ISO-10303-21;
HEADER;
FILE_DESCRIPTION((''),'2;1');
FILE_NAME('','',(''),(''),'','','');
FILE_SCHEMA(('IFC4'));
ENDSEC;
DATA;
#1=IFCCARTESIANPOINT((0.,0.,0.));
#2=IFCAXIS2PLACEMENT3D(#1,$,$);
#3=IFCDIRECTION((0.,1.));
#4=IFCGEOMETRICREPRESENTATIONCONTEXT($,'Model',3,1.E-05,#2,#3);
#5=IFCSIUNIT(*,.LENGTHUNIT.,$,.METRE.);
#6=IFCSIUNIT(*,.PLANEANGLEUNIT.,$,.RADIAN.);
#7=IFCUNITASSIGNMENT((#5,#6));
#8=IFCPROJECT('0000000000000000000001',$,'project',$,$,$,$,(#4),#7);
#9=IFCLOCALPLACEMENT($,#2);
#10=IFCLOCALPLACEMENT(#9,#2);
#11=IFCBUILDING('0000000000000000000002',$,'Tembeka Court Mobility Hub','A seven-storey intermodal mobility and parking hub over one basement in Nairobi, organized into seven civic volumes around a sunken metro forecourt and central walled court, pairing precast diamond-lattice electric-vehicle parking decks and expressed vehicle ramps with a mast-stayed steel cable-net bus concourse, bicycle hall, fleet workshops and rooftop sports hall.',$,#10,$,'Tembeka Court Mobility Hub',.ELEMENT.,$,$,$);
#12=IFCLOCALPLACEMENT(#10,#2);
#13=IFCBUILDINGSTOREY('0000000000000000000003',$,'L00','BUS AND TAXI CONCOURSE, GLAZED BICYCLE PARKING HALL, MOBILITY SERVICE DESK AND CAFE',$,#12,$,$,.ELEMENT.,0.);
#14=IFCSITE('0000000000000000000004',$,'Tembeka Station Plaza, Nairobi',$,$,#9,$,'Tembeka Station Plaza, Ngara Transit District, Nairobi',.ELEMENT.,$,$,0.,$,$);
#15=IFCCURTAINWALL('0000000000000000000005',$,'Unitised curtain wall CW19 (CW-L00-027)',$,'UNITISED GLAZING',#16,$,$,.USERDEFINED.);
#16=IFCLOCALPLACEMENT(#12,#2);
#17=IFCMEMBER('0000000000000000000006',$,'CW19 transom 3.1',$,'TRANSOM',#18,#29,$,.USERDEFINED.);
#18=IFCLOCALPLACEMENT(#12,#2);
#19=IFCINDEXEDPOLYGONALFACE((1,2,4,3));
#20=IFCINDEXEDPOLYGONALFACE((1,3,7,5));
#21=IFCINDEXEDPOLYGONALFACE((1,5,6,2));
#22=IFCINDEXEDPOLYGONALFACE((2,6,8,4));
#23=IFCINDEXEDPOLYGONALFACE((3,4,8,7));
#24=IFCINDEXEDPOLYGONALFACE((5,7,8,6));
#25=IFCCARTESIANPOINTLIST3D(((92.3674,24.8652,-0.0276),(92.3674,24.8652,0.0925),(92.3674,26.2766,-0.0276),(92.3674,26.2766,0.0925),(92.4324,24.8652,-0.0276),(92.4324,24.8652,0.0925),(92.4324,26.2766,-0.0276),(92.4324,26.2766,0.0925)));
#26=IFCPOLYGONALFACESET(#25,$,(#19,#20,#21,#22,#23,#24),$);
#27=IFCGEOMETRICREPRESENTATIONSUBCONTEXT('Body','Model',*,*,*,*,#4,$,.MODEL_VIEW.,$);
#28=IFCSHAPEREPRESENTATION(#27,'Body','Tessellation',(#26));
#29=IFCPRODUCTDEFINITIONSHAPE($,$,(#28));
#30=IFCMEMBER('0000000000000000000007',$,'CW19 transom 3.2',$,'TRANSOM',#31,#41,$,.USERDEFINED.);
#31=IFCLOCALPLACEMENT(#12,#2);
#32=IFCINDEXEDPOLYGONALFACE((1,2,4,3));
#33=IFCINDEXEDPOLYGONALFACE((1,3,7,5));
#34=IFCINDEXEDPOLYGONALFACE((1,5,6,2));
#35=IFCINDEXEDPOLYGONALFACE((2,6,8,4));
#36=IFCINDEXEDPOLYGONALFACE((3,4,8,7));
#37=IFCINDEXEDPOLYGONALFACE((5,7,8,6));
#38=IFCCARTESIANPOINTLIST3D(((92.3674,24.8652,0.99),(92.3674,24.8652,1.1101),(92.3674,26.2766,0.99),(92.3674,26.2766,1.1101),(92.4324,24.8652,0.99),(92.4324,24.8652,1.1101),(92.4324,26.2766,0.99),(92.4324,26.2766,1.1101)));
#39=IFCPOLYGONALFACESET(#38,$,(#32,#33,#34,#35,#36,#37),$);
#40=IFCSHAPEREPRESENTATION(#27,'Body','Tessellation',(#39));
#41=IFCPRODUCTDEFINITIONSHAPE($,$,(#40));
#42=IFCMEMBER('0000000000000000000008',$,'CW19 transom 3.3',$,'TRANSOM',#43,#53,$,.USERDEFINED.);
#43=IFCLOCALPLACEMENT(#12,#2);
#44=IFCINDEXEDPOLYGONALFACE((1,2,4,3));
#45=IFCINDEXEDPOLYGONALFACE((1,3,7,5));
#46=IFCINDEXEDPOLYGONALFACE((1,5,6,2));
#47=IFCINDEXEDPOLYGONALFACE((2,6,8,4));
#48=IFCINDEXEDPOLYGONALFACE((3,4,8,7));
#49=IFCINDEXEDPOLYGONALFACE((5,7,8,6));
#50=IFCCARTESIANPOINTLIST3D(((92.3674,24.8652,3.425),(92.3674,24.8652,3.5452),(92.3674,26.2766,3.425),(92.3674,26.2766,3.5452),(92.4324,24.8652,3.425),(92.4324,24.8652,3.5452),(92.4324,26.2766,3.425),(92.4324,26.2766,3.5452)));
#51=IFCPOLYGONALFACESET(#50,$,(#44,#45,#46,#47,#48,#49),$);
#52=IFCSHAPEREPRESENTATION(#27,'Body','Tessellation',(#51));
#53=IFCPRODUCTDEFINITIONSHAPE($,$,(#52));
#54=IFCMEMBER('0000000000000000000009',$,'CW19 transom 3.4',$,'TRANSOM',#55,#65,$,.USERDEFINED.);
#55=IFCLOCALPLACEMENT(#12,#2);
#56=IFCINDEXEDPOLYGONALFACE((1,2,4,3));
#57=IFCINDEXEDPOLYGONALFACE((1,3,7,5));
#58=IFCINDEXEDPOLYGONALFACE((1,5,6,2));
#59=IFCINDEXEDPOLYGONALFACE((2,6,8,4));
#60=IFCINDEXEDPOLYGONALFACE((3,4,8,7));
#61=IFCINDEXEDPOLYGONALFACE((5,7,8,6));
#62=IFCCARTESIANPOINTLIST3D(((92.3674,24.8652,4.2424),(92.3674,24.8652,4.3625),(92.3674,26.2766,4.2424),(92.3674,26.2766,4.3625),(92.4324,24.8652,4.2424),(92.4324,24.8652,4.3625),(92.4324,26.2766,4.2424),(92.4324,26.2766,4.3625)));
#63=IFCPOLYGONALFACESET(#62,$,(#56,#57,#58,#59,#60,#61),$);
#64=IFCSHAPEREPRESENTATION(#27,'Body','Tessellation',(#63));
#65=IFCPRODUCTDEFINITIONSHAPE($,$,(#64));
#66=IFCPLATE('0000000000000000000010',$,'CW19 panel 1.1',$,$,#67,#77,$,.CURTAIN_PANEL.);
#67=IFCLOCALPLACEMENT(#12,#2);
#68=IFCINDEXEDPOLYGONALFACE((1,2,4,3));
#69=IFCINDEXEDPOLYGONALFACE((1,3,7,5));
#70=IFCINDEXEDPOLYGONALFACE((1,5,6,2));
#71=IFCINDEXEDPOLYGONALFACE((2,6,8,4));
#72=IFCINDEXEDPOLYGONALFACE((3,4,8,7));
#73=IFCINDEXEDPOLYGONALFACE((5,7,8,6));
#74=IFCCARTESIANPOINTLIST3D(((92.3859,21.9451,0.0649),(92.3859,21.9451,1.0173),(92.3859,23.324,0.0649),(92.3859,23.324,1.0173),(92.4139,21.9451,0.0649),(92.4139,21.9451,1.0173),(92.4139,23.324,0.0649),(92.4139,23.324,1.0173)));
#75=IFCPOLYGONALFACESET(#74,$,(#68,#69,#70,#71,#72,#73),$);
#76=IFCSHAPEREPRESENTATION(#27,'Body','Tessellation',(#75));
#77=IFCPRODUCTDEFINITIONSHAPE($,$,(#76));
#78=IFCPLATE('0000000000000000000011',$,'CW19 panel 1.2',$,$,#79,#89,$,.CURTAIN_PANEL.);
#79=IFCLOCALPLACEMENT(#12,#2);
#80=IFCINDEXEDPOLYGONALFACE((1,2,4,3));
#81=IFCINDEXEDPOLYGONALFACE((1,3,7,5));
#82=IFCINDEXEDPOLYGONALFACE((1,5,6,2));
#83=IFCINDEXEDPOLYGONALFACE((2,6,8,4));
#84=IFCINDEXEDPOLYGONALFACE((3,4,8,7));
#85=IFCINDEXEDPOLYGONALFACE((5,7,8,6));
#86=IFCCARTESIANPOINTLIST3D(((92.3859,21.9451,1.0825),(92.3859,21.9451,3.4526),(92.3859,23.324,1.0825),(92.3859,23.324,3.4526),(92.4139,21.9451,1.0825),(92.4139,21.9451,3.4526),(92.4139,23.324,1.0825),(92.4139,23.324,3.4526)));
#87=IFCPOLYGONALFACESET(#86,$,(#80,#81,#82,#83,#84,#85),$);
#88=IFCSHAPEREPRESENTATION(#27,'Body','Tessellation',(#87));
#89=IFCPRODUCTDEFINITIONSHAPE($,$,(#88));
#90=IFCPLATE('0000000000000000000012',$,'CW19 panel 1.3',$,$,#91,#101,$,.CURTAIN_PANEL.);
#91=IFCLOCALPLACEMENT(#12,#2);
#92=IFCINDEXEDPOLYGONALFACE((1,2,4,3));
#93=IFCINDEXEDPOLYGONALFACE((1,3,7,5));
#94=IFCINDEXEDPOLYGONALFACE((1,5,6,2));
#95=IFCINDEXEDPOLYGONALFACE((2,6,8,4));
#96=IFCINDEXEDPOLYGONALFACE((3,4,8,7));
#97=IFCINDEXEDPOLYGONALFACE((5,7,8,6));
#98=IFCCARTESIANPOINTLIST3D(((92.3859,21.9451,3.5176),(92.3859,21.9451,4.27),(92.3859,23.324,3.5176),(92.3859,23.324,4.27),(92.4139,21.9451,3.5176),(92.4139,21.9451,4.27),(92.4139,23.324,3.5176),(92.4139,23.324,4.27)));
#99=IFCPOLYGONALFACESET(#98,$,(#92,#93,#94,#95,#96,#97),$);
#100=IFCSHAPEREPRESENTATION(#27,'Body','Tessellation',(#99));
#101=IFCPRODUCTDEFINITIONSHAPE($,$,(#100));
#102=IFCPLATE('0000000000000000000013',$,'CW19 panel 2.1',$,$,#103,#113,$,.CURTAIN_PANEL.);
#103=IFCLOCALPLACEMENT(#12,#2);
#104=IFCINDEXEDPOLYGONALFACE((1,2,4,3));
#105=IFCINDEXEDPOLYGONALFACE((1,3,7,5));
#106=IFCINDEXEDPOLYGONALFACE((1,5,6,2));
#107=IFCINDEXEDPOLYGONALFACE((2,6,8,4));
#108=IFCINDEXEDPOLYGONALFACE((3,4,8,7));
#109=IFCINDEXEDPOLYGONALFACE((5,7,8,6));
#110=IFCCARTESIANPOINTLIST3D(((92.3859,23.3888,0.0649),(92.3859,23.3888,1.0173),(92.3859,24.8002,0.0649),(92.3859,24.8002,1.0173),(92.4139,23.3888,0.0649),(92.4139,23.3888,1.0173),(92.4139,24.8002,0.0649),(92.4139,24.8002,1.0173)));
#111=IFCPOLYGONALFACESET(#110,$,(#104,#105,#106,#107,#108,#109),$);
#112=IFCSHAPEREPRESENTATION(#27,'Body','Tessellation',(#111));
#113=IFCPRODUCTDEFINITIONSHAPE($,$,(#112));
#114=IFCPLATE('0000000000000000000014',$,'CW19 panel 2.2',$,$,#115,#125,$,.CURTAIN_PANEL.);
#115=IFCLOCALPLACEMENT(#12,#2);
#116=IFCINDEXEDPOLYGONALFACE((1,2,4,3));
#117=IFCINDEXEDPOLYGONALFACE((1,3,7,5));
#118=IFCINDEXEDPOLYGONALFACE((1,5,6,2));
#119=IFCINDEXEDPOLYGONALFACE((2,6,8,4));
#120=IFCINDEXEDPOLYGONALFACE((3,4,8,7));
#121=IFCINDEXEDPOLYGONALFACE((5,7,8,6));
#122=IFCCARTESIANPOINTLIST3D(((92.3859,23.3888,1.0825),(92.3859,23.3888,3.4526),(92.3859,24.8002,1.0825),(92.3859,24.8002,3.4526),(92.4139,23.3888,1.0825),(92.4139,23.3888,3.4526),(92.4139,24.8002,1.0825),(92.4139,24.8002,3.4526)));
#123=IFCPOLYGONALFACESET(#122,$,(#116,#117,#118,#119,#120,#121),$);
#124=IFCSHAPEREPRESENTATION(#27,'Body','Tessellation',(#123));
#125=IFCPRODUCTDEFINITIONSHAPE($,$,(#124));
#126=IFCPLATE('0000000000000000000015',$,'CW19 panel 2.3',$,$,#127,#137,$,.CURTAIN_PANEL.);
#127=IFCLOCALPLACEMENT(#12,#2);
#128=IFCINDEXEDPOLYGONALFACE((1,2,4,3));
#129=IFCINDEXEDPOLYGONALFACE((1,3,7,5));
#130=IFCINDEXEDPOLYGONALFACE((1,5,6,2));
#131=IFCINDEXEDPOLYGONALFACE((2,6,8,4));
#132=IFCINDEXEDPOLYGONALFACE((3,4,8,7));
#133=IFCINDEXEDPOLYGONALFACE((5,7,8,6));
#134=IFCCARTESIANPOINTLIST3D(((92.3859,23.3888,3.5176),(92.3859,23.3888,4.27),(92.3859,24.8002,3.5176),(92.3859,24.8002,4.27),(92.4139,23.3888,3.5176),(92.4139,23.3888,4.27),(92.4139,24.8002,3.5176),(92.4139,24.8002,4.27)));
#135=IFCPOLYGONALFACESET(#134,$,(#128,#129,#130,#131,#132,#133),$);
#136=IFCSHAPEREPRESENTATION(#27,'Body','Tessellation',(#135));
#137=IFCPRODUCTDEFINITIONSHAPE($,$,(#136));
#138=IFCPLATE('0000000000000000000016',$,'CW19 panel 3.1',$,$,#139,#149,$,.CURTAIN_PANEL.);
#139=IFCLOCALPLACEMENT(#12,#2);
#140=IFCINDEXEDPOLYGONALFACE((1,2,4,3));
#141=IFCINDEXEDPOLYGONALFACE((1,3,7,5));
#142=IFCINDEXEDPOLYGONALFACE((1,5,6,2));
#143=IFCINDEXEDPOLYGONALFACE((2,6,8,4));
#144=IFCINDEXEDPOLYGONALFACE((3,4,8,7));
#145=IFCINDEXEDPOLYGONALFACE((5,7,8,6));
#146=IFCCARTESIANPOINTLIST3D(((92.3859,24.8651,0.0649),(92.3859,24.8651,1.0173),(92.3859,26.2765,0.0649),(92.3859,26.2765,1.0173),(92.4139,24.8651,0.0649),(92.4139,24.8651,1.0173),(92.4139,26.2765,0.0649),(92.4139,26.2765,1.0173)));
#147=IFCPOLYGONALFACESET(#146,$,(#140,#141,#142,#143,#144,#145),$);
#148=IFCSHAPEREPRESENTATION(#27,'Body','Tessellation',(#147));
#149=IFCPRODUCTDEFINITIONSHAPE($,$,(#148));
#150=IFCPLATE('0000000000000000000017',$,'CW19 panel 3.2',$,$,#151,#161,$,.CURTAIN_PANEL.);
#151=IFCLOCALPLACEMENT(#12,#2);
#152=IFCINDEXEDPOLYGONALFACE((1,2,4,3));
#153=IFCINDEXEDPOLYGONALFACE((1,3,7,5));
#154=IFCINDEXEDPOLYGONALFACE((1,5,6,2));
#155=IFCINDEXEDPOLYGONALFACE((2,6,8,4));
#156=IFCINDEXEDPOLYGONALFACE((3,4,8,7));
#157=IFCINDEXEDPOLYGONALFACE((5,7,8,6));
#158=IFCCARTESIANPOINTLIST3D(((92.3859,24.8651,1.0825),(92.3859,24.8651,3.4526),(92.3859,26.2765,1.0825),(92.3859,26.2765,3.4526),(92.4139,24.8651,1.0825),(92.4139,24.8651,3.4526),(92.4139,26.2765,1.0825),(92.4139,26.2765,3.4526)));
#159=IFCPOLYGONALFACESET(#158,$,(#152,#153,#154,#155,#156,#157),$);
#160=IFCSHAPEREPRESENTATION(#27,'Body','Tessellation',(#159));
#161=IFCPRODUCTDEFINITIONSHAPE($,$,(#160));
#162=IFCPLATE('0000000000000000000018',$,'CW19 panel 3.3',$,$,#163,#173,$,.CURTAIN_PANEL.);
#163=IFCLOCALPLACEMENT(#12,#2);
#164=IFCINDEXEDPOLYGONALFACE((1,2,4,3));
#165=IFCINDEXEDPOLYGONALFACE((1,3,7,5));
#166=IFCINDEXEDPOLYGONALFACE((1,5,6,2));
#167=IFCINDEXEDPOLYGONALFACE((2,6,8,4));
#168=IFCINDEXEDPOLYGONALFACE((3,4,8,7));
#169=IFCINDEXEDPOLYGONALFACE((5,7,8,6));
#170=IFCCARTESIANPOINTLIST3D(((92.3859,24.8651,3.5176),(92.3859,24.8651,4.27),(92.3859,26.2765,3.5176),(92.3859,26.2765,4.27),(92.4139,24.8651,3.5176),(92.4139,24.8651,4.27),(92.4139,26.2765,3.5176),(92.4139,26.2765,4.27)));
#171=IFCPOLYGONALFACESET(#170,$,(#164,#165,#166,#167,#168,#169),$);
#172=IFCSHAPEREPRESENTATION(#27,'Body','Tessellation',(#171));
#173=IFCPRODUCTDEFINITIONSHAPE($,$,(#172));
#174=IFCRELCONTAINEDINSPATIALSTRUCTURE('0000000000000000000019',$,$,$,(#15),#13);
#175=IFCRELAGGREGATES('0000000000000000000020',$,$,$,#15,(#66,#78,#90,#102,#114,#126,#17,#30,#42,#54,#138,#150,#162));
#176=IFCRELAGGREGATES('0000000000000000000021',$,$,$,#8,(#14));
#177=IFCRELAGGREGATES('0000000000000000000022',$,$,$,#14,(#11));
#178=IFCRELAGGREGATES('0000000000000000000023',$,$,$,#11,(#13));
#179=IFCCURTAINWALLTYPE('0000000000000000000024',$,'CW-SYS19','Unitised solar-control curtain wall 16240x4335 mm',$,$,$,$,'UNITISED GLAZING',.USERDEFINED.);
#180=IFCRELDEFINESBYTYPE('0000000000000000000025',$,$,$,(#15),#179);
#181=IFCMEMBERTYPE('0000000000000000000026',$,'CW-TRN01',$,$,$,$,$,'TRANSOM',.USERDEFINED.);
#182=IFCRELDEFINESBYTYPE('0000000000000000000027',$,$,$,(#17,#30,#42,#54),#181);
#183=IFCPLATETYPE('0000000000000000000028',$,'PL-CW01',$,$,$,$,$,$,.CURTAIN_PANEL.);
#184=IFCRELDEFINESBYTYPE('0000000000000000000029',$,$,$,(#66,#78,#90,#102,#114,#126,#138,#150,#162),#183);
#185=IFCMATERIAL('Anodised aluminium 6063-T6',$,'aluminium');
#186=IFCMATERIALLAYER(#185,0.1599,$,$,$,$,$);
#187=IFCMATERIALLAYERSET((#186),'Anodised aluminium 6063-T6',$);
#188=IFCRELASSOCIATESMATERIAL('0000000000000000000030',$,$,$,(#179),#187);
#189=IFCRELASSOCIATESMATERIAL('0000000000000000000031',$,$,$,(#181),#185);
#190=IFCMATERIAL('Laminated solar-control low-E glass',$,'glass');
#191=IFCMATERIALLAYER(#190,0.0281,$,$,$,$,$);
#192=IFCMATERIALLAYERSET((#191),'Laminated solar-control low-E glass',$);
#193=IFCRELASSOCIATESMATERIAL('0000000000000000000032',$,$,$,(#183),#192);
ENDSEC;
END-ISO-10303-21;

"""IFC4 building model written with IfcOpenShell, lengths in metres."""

from ifc_helpers import new_model, si_unit, direction, frame, origin, origin_2d, place, context, subcontext, project, spatial, rectangle, extrude, material, layer, layer_set, material_profile, profile_set, type_object, element, aggregate, save


model = new_model("IFC4")

# Units and contexts
model_context = context("Model", 3, precision=1e-05, world=origin(), true_north=direction((0.0, 1.0)))
body_context = subcontext(model_context, "Body", "Model", "MODEL_VIEW")
ifc_project = project(units=[si_unit("LENGTHUNIT", "METRE"), si_unit("PLANEANGLEUNIT", "RADIAN")], contexts=[model_context])

# Site, building, storey
site_placement = place(None, origin())
site = spatial("IfcSite", under=ifc_project, at=site_placement, Name="Tembeka Station Plaza, Nairobi", LongName="Tembeka Station Plaza, Ngara Transit District, Nairobi", CompositionType="ELEMENT", RefElevation=0.0)
building_placement = place(site_placement, origin())
building = spatial("IfcBuilding", under=site, at=building_placement, Name="Tembeka Court Mobility Hub", Description="A seven-storey intermodal mobility and parking hub over one basement in Nairobi, organized into seven civic volumes around a sunken metro forecourt and central walled court, pairing precast diamond-lattice electric-vehicle parking decks and expressed vehicle ramps with a mast-stayed steel cable-net bus concourse, bicycle hall, fleet workshops and rooftop sports hall.", LongName="Tembeka Court Mobility Hub", CompositionType="ELEMENT")
storey_placement = place(building_placement, origin())
storey = spatial("IfcBuildingStorey", under=building, at=storey_placement, Name="L00", Description="BUS AND TAXI CONCOURSE, GLAZED BICYCLE PARKING HALL, MOBILITY SERVICE DESK AND CAFE", CompositionType="ELEMENT", Elevation=0.0)

# Curtain wall, members, plates
ifc_material_1 = material(Name="Anodised aluminium 6063-T6", Category="aluminium")
ifc_layer_1 = layer(ifc_material_1, 0.1599)
ifc_layer_set_1 = layer_set([ifc_layer_1], Name="Anodised aluminium 6063-T6")
curtain_wall_type = type_object("IfcCurtainWallType", Name="CW-SYS19", Description="Unitised solar-control curtain wall 16240x4335 mm", ElementType="UNITISED GLAZING", PredefinedType="USERDEFINED", material=ifc_layer_set_1)
curtain_wall_placement = place(storey_placement, origin())
curtain_wall = element("IfcCurtainWall", 1, at=curtain_wall_placement, inside=storey, type_object=curtain_wall_type, Name="Unitised curtain wall CW19 (CW-L00-027)", ObjectType="UNITISED GLAZING", PredefinedType="USERDEFINED")
ifc_material_profile_1 = material_profile(ifc_material_1, rectangle(XDim=0.0649, YDim=0.1201, at=origin_2d()), Name="ALU-TRN 65x120")
ifc_profile_set_1 = profile_set([ifc_material_profile_1], Name="Anodised aluminium 6063-T6")
member_type_1 = type_object("IfcMemberType", Name="CW-TRN01", ElementType="TRANSOM", PredefinedType="USERDEFINED", material=ifc_profile_set_1)
member_1_placement = place(storey_placement, frame((92.3999, 24.8652, 0.0325), z_axis=(0.0, 1.0, 0.0), x_axis=(-1.0, 0.0, 0.0)))
member_1 = element("IfcMember", 2, at=member_1_placement, type_object=member_type_1, Name="CW19 transom 3.1", ObjectType="TRANSOM", PredefinedType="USERDEFINED", context=body_context, shape_type="SweptSolid", body=[
    extrude(rectangle(XDim=0.0649, YDim=0.1201, at=origin_2d()), origin(), (0.0, 0.0, 1.0), 1.4114),
])
member_2_placement = place(storey_placement, frame((92.3999, 24.8652, 1.05), z_axis=(0.0, 1.0, 0.0), x_axis=(-1.0, 0.0, 0.0)))
member_2 = element("IfcMember", 3, at=member_2_placement, type_object=member_type_1, Name="CW19 transom 3.2", ObjectType="TRANSOM", PredefinedType="USERDEFINED", context=body_context, shape_type="SweptSolid", body=[
    extrude(rectangle(XDim=0.0649, YDim=0.1201, at=origin_2d()), origin(), (0.0, 0.0, 1.0), 1.4114),
])
member_3_placement = place(storey_placement, frame((92.3999, 24.8652, 3.4851), z_axis=(0.0, 1.0, 0.0), x_axis=(-1.0, 0.0, 0.0)))
member_3 = element("IfcMember", 4, at=member_3_placement, type_object=member_type_1, Name="CW19 transom 3.3", ObjectType="TRANSOM", PredefinedType="USERDEFINED", context=body_context, shape_type="SweptSolid", body=[
    extrude(rectangle(XDim=0.0649, YDim=0.1201, at=origin_2d()), origin(), (0.0, 0.0, 1.0), 1.4114),
])
member_4_placement = place(storey_placement, frame((92.3999, 24.8652, 4.3025), z_axis=(0.0, 1.0, 0.0), x_axis=(-1.0, 0.0, 0.0)))
member_4 = element("IfcMember", 5, at=member_4_placement, type_object=member_type_1, Name="CW19 transom 3.4", ObjectType="TRANSOM", PredefinedType="USERDEFINED", context=body_context, shape_type="SweptSolid", body=[
    extrude(rectangle(XDim=0.0649, YDim=0.1201, at=origin_2d()), origin(), (0.0, 0.0, 1.0), 1.4114),
])
ifc_material_2 = material(Name="Laminated solar-control low-E glass", Category="glass")
ifc_layer_2 = layer(ifc_material_2, 0.0281)
ifc_layer_set_2 = layer_set([ifc_layer_2], Name="Laminated solar-control low-E glass")
plate_type = type_object("IfcPlateType", Name="PL-CW01", PredefinedType="CURTAIN_PANEL", material=ifc_layer_set_2)
plate_1_placement = place(storey_placement, frame((92.3999, 22.6345, 0.0649), z_axis=(0.0, 0.0, 1.0), x_axis=(0.0, 1.0, 0.0)))
plate_1 = element("IfcPlate", 6, at=plate_1_placement, type_object=plate_type, Name="CW19 panel 1.1", PredefinedType="CURTAIN_PANEL", context=body_context, shape_type="SweptSolid", body=[
    extrude(rectangle(XDim=1.3789, YDim=0.0281, at=origin_2d()), origin(), (0.0, 0.0, 1.0), 0.9524),
])
plate_2_placement = place(storey_placement, frame((92.3999, 22.6345, 1.0825), z_axis=(0.0, 0.0, 1.0), x_axis=(0.0, 1.0, 0.0)))
plate_2 = element("IfcPlate", 7, at=plate_2_placement, type_object=plate_type, Name="CW19 panel 1.2", PredefinedType="CURTAIN_PANEL", context=body_context, shape_type="SweptSolid", body=[
    extrude(rectangle(XDim=1.3789, YDim=0.0281, at=origin_2d()), origin(), (0.0, 0.0, 1.0), 2.3701),
])
plate_3_placement = place(storey_placement, frame((92.3999, 22.6345, 3.5176), z_axis=(0.0, 0.0, 1.0), x_axis=(0.0, 1.0, 0.0)))
plate_3 = element("IfcPlate", 8, at=plate_3_placement, type_object=plate_type, Name="CW19 panel 1.3", PredefinedType="CURTAIN_PANEL", context=body_context, shape_type="SweptSolid", body=[
    extrude(rectangle(XDim=1.3789, YDim=0.0281, at=origin_2d()), origin(), (0.0, 0.0, 1.0), 0.7524),
])
plate_4_placement = place(storey_placement, frame((92.3999, 24.0945, 0.0649), z_axis=(0.0, 0.0, 1.0), x_axis=(0.0, 1.0, 0.0)))
plate_4 = element("IfcPlate", 9, at=plate_4_placement, type_object=plate_type, Name="CW19 panel 2.1", PredefinedType="CURTAIN_PANEL", context=body_context, shape_type="SweptSolid", body=[
    extrude(rectangle(XDim=1.4114, YDim=0.0281, at=origin_2d()), origin(), (0.0, 0.0, 1.0), 0.9524),
])
plate_5_placement = place(storey_placement, frame((92.3999, 24.0945, 1.0825), z_axis=(0.0, 0.0, 1.0), x_axis=(0.0, 1.0, 0.0)))
plate_5 = element("IfcPlate", 10, at=plate_5_placement, type_object=plate_type, Name="CW19 panel 2.2", PredefinedType="CURTAIN_PANEL", context=body_context, shape_type="SweptSolid", body=[
    extrude(rectangle(XDim=1.4114, YDim=0.0281, at=origin_2d()), origin(), (0.0, 0.0, 1.0), 2.3701),
])
plate_6_placement = place(storey_placement, frame((92.3999, 24.0945, 3.5176), z_axis=(0.0, 0.0, 1.0), x_axis=(0.0, 1.0, 0.0)))
plate_6 = element("IfcPlate", 11, at=plate_6_placement, type_object=plate_type, Name="CW19 panel 2.3", PredefinedType="CURTAIN_PANEL", context=body_context, shape_type="SweptSolid", body=[
    extrude(rectangle(XDim=1.4114, YDim=0.0281, at=origin_2d()), origin(), (0.0, 0.0, 1.0), 0.7524),
])
plate_7_placement = place(storey_placement, frame((92.3999, 25.5708, 0.0649), z_axis=(0.0, 0.0, 1.0), x_axis=(0.0, 1.0, 0.0)))
plate_7 = element("IfcPlate", 12, at=plate_7_placement, type_object=plate_type, Name="CW19 panel 3.1", PredefinedType="CURTAIN_PANEL", context=body_context, shape_type="SweptSolid", body=[
    extrude(rectangle(XDim=1.4114, YDim=0.0281, at=origin_2d()), origin(), (0.0, 0.0, 1.0), 0.9524),
])
plate_8_placement = place(storey_placement, frame((92.3999, 25.5708, 1.0825), z_axis=(0.0, 0.0, 1.0), x_axis=(0.0, 1.0, 0.0)))
plate_8 = element("IfcPlate", 13, at=plate_8_placement, type_object=plate_type, Name="CW19 panel 3.2", PredefinedType="CURTAIN_PANEL", context=body_context, shape_type="SweptSolid", body=[
    extrude(rectangle(XDim=1.4114, YDim=0.0281, at=origin_2d()), origin(), (0.0, 0.0, 1.0), 2.3701),
])
plate_9_placement = place(storey_placement, frame((92.3999, 25.5708, 3.5176), z_axis=(0.0, 0.0, 1.0), x_axis=(0.0, 1.0, 0.0)))
plate_9 = element("IfcPlate", 14, at=plate_9_placement, type_object=plate_type, Name="CW19 panel 3.3", PredefinedType="CURTAIN_PANEL", context=body_context, shape_type="SweptSolid", body=[
    extrude(rectangle(XDim=1.4114, YDim=0.0281, at=origin_2d()), origin(), (0.0, 0.0, 1.0), 0.7524),
])
aggregate(curtain_wall, [plate_1, plate_2, plate_3, plate_4, plate_5, plate_6, member_1, member_2, member_3, member_4, plate_7, plate_8, plate_9])

save(model, "model.ifc")
